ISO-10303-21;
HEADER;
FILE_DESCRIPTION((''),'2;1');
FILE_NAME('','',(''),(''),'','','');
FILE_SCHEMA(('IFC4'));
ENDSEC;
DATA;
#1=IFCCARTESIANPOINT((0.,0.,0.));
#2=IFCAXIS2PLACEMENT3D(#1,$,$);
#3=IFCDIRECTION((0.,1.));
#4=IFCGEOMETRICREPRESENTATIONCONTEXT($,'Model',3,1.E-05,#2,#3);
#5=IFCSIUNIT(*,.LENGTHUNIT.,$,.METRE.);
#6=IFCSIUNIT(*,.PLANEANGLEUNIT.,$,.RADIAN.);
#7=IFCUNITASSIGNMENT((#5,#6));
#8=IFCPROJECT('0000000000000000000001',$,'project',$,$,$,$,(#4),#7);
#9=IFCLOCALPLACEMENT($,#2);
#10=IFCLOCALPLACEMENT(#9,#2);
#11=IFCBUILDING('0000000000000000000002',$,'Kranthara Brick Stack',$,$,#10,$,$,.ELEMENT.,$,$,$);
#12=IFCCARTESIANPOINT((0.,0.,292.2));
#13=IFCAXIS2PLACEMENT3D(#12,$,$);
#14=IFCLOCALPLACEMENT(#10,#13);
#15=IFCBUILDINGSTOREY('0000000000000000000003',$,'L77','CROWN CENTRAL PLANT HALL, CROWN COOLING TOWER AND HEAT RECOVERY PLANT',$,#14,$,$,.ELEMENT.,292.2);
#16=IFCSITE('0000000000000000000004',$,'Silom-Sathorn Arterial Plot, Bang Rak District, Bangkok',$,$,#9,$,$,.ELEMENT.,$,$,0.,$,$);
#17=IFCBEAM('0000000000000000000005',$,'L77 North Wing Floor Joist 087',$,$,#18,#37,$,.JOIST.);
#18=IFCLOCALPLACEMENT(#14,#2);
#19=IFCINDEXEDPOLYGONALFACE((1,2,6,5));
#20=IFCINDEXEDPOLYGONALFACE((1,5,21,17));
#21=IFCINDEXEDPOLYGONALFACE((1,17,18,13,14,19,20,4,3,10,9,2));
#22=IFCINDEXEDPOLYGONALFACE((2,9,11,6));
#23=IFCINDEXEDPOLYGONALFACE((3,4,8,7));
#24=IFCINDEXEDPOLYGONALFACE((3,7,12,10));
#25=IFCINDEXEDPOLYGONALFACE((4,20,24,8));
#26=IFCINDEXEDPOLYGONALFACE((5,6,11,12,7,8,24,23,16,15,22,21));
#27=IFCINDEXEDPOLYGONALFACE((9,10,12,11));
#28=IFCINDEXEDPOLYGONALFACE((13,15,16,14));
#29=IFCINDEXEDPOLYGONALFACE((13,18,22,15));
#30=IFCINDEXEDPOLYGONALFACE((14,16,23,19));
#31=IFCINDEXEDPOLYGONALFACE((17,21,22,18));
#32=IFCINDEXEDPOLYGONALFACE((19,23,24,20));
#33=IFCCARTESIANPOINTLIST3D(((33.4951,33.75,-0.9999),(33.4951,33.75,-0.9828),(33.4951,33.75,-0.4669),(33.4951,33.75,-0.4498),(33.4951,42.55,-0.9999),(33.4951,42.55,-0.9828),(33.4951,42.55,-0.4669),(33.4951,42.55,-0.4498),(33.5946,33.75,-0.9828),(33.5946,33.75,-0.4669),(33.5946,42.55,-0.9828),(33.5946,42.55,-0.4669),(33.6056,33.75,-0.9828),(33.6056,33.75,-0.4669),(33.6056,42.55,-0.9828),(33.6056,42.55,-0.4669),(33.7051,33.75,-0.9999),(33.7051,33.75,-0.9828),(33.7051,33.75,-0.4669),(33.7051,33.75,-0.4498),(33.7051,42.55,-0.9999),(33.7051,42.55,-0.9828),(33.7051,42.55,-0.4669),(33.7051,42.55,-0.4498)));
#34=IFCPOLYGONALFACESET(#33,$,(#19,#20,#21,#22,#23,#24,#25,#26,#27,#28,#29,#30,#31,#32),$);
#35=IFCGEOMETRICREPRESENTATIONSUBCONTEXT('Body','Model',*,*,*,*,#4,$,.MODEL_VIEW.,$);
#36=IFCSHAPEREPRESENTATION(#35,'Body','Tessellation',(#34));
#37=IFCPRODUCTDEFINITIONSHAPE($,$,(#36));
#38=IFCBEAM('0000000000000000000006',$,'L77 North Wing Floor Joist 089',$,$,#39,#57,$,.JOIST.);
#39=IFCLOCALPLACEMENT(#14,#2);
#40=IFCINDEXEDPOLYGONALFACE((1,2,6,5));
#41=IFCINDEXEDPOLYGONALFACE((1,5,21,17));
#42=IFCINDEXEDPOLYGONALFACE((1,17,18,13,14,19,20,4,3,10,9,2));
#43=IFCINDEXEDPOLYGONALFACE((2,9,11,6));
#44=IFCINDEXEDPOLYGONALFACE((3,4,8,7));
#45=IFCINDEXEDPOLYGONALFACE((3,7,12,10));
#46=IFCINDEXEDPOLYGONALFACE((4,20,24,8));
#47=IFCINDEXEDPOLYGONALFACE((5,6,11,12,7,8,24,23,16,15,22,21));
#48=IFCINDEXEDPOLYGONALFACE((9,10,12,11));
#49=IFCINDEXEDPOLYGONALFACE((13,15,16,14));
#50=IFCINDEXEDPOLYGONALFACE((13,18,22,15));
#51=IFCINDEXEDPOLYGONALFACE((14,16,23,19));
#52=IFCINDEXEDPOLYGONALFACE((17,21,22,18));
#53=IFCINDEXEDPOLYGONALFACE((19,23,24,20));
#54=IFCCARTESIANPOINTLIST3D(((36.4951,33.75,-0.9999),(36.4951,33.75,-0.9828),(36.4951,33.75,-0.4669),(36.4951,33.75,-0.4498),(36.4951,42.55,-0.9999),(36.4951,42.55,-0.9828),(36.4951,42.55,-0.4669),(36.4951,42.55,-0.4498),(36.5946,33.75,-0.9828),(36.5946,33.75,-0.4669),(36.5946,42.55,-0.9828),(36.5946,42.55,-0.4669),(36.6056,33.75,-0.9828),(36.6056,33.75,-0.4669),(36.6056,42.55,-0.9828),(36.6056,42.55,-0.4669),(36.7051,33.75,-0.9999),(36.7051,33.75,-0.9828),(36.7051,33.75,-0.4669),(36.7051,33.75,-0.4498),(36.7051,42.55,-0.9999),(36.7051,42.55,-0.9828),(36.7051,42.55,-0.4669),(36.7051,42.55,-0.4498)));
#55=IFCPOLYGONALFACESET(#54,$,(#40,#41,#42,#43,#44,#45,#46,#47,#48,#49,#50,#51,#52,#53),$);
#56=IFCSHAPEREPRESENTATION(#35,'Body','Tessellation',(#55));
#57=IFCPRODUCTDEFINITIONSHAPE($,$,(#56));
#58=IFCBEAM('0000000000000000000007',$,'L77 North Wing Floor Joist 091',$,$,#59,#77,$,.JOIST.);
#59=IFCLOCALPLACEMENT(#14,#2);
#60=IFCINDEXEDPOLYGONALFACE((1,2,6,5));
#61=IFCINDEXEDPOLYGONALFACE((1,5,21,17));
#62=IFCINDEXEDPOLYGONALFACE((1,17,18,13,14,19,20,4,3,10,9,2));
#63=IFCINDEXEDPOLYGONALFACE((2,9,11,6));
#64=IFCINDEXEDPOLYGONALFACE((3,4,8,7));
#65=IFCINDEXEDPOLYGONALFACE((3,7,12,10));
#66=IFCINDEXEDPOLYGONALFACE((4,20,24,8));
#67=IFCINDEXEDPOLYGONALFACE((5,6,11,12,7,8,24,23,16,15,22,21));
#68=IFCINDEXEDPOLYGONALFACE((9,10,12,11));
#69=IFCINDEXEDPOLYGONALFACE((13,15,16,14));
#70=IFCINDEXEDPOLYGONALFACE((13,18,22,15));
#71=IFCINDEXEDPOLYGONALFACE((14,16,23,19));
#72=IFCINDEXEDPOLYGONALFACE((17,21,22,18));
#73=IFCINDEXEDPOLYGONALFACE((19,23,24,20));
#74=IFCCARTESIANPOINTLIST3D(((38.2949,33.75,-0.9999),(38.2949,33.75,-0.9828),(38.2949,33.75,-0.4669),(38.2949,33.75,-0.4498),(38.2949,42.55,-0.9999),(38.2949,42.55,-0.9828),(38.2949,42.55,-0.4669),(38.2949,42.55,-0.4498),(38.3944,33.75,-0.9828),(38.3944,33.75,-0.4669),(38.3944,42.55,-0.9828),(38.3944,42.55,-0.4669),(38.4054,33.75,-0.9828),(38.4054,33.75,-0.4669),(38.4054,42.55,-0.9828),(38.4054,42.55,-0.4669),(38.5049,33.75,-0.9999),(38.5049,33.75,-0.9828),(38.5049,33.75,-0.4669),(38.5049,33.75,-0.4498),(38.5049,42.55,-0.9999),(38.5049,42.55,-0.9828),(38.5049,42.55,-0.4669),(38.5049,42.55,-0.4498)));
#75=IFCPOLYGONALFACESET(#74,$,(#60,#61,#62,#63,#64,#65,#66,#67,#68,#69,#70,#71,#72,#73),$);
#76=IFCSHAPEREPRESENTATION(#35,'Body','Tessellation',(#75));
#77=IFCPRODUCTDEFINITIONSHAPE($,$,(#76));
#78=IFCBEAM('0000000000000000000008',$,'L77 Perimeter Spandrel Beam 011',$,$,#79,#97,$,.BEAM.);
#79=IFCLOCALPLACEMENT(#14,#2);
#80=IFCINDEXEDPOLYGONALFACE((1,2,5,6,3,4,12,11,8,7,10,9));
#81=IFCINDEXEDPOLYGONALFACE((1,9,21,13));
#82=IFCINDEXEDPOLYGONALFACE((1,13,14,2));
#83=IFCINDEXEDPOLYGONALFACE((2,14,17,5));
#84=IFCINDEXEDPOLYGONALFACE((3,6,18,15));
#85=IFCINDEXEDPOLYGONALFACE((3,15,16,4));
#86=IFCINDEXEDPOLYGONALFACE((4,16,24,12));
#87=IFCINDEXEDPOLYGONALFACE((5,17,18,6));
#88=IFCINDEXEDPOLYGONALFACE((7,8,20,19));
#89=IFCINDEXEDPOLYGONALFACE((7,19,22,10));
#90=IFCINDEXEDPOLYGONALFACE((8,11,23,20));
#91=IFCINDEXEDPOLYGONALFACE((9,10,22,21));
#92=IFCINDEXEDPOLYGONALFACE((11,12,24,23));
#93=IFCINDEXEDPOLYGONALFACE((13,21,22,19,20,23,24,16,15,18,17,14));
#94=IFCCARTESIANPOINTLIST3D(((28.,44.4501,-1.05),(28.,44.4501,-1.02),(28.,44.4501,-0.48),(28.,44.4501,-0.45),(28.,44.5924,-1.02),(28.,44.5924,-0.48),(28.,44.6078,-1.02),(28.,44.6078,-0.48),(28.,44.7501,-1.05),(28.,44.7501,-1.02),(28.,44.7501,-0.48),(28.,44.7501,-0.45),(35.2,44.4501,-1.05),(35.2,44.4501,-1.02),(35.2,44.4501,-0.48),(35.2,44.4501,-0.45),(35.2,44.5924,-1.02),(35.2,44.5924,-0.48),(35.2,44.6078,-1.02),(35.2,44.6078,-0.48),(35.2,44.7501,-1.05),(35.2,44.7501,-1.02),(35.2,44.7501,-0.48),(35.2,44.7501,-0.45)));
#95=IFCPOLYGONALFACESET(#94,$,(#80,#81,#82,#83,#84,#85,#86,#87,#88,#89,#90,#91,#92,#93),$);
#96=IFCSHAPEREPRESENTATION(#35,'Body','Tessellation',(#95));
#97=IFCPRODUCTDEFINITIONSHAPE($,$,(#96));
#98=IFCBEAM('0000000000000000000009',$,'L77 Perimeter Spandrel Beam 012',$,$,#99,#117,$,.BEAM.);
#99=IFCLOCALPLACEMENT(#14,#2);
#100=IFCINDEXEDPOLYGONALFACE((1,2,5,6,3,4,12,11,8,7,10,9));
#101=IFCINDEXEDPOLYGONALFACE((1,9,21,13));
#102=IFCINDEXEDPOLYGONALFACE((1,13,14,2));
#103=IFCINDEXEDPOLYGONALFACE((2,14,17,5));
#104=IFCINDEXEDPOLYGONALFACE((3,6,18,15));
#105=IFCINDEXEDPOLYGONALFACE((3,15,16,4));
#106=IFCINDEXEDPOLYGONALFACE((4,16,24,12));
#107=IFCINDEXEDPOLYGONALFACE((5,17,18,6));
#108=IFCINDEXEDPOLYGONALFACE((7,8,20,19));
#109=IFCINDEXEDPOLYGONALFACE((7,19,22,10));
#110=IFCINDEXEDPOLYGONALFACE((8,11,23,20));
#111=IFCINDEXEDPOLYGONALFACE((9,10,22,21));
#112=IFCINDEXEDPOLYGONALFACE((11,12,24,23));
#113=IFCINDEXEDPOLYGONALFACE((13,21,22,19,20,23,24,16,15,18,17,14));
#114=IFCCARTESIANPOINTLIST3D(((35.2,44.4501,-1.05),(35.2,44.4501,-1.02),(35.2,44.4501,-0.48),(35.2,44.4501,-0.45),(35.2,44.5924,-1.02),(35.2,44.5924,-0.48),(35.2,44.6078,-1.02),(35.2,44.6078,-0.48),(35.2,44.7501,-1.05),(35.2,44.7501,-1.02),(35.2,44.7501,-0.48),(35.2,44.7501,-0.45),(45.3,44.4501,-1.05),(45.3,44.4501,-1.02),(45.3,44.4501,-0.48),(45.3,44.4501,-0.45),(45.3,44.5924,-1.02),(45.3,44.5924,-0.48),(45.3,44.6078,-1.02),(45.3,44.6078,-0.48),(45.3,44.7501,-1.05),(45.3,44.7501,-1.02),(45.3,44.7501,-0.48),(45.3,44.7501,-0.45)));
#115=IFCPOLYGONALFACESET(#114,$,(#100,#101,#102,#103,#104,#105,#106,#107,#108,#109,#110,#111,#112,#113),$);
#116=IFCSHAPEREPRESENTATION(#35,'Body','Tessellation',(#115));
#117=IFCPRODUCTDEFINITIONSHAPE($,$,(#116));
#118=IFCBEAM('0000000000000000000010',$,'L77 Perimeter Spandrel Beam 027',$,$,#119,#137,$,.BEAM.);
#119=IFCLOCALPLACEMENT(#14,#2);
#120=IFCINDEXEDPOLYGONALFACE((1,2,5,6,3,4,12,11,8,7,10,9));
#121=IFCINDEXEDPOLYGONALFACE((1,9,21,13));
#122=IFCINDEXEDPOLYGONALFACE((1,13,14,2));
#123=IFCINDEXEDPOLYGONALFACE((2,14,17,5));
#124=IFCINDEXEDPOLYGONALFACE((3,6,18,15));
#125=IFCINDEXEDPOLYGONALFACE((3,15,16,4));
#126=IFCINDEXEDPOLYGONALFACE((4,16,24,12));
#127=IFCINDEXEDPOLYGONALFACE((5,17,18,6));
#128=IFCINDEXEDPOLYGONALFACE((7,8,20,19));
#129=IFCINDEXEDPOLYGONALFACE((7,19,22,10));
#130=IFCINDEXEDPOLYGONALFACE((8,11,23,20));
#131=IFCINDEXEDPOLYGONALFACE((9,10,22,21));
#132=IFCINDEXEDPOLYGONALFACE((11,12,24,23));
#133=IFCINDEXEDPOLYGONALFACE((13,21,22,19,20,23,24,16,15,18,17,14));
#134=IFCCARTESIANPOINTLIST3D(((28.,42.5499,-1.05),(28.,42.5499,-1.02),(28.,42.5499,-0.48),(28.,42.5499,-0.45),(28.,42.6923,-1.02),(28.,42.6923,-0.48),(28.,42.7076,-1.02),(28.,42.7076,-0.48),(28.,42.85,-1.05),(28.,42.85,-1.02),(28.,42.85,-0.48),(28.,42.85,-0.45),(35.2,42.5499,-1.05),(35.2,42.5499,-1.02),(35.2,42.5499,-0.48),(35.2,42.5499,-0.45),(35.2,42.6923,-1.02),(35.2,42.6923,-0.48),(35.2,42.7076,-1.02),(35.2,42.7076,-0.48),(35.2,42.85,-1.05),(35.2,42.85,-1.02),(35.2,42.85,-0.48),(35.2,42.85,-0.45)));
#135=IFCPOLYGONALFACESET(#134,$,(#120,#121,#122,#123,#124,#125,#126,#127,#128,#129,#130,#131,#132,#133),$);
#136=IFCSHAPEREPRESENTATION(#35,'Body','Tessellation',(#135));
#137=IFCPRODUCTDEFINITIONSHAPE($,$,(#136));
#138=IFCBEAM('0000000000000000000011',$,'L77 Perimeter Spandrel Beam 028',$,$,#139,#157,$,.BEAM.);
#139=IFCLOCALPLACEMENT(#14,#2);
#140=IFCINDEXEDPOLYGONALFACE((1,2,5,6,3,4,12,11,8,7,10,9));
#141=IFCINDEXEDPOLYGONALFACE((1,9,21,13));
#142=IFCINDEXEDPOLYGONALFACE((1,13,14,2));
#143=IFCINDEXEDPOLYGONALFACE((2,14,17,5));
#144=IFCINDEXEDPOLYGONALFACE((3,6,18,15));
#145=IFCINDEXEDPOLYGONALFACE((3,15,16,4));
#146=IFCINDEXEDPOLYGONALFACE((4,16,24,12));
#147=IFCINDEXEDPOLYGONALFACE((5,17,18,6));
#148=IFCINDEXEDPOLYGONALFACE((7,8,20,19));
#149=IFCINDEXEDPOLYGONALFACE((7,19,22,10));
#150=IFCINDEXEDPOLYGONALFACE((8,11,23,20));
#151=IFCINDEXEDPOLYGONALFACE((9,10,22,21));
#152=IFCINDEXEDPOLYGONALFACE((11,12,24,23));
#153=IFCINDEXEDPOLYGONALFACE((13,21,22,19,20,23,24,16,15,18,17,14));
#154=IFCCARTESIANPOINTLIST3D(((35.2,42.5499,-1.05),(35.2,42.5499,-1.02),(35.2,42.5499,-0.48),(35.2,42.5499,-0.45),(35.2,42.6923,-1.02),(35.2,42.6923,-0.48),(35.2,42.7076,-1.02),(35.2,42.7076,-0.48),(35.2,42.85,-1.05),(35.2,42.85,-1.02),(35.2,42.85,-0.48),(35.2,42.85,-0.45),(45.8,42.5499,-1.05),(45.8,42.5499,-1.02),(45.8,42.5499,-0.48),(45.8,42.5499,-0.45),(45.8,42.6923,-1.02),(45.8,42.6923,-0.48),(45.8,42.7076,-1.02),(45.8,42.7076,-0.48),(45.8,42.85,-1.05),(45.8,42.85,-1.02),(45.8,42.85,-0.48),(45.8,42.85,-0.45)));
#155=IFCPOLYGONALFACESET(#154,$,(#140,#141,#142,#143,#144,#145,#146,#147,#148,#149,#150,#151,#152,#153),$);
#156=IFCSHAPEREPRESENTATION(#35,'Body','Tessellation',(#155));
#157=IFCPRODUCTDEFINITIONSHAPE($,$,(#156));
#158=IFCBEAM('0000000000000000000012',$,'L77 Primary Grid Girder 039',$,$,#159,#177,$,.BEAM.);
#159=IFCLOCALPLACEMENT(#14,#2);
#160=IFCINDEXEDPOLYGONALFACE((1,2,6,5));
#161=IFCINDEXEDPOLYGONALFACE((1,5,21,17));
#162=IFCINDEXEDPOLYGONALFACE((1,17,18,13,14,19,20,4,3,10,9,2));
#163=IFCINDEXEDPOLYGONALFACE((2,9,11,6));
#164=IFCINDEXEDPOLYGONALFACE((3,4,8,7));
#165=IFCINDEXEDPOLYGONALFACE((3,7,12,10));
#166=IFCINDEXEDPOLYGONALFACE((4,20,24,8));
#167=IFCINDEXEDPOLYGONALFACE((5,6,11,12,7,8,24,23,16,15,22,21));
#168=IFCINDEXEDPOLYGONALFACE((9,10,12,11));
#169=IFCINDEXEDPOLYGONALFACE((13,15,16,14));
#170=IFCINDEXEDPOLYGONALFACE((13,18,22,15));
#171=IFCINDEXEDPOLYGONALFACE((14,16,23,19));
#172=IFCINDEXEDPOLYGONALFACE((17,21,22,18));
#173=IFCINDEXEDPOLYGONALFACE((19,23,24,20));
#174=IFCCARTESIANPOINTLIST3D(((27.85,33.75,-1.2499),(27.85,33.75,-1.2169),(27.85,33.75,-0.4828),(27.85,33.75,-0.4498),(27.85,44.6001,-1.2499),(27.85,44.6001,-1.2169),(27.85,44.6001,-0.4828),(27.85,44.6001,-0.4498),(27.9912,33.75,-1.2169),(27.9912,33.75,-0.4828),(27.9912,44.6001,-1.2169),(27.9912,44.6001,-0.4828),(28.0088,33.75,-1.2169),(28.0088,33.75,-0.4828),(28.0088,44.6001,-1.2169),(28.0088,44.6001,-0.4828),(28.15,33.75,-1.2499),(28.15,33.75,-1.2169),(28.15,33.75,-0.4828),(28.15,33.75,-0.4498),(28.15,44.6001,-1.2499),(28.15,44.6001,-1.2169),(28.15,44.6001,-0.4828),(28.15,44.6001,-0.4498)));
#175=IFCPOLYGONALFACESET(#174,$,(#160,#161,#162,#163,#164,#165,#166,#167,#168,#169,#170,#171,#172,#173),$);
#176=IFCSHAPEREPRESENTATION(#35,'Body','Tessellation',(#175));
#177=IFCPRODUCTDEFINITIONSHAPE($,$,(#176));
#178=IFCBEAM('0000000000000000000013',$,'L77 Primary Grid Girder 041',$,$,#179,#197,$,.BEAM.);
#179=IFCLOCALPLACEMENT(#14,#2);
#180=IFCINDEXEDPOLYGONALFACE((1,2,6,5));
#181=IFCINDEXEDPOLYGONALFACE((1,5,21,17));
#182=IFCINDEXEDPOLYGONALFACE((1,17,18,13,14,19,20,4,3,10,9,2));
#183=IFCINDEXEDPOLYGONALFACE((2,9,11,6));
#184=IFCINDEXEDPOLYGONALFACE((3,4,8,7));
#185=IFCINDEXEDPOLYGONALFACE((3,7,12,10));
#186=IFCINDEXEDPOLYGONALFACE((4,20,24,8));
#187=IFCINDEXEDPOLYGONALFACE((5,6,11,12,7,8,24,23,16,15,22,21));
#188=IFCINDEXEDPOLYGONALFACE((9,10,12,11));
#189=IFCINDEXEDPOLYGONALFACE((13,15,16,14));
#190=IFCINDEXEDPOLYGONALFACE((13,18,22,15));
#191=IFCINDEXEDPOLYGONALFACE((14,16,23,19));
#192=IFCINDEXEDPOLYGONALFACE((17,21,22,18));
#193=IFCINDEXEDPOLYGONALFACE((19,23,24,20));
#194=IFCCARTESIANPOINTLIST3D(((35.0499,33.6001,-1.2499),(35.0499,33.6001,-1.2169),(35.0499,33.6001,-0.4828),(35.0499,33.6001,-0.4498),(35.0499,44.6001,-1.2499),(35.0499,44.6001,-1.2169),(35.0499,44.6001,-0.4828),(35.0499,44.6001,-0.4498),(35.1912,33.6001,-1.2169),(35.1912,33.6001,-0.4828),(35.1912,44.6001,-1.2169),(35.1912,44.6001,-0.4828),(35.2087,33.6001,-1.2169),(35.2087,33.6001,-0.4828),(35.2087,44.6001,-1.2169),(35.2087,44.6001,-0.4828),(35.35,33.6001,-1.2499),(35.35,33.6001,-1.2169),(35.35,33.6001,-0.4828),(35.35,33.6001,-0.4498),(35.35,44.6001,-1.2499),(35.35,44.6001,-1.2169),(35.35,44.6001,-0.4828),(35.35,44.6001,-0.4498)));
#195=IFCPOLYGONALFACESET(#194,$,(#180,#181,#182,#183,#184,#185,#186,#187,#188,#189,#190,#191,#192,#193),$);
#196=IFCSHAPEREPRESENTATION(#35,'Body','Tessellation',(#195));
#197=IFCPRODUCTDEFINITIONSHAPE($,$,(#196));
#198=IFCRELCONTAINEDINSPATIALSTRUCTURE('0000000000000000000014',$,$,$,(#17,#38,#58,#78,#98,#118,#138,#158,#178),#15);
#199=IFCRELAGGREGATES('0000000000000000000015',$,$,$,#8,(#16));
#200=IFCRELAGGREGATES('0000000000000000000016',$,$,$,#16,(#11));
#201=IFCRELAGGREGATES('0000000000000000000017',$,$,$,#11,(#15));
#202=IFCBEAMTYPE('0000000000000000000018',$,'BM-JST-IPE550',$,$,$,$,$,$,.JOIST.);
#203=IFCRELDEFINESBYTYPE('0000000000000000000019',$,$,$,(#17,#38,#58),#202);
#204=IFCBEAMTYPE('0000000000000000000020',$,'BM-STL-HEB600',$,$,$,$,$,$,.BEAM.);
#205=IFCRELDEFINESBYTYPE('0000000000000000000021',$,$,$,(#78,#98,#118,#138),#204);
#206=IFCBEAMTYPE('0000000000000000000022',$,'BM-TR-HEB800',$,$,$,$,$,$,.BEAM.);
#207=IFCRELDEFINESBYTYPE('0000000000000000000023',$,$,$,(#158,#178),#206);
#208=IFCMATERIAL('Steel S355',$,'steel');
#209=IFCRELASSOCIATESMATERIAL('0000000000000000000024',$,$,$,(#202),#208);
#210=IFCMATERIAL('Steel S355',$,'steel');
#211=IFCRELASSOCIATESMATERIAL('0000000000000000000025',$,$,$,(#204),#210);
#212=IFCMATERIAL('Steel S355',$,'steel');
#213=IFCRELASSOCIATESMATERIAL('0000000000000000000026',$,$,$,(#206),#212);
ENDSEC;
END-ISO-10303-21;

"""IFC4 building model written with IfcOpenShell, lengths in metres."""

from ifc_helpers import new_model, si_unit, direction, frame, origin, origin_2d, place, context, subcontext, project, spatial, i_section, extrude, material, material_profile, profile_set, type_object, element, save


model = new_model("IFC4")

# Units and contexts
model_context = context("Model", 3, precision=1e-05, world=origin(), true_north=direction((0.0, 1.0)))
body_context = subcontext(model_context, "Body", "Model", "MODEL_VIEW")
ifc_project = project(units=[si_unit("LENGTHUNIT", "METRE"), si_unit("PLANEANGLEUNIT", "RADIAN")], contexts=[model_context])

# Site, building, storey
site_placement = place(None, origin())
site = spatial("IfcSite", under=ifc_project, at=site_placement, Name="Silom-Sathorn Arterial Plot, Bang Rak District, Bangkok", CompositionType="ELEMENT", RefElevation=0.0)
building_placement = place(site_placement, origin())
building = spatial("IfcBuilding", under=site, at=building_placement, Name="Kranthara Brick Stack", CompositionType="ELEMENT")
storey_placement = place(building_placement, frame((0.0, 0.0, 292.2)))
storey = spatial("IfcBuildingStorey", under=building, at=storey_placement, Name="L77", Description="CROWN CENTRAL PLANT HALL, CROWN COOLING TOWER AND HEAT RECOVERY PLANT", CompositionType="ELEMENT", Elevation=292.2)

# Beams
ifc_material_1 = material(Name="Steel S355", Category="steel")
ifc_material_profile_1 = material_profile(ifc_material_1, i_section(OverallWidth=0.21, OverallDepth=0.55, WebThickness=0.011, FlangeThickness=0.0171, at=origin_2d()), Name="IPE 550")
ifc_profile_set_1 = profile_set([ifc_material_profile_1], Name="Steel S355")
beam_type_1 = type_object("IfcBeamType", Name="BM-JST-IPE550", PredefinedType="JOIST", material=ifc_profile_set_1)
for number, where, z_axis, x_axis, name in (
    (1, (33.6001, 33.75, -0.7249), (0.0, 1.0, 0.0), (-1.0, 0.0, 0.0), "L77 North Wing Floor Joist 087"),
    (2, (36.6001, 33.75, -0.7249), (0.0, 1.0, 0.0), (-1.0, 0.0, 0.0), "L77 North Wing Floor Joist 089"),
    (3, (38.3999, 33.75, -0.7249), (0.0, 1.0, 0.0), (-1.0, 0.0, 0.0), "L77 North Wing Floor Joist 091"),
):
    element("IfcBeam", number, at=place(storey_placement, frame(where, z_axis=z_axis, x_axis=x_axis)), inside=storey, type_object=beam_type_1, Name=name, PredefinedType="JOIST", context=body_context, shape_type="SweptSolid", body=[
        extrude(i_section(OverallWidth=0.21, OverallDepth=0.55, WebThickness=0.011, FlangeThickness=0.0171, at=origin_2d()), origin(), (0.0, 0.0, 1.0), 8.8),
    ])
ifc_material_2 = material(Name="Steel S355", Category="steel")
ifc_material_profile_2 = material_profile(ifc_material_2, i_section(OverallWidth=0.3, OverallDepth=0.6001, WebThickness=0.0154, FlangeThickness=0.03, at=origin_2d()), Name="HEB 600")
ifc_profile_set_2 = profile_set([ifc_material_profile_2], Name="Steel S355")
beam_type_2 = type_object("IfcBeamType", Name="BM-STL-HEB600", PredefinedType="BEAM", material=ifc_profile_set_2)
beam_1_placement = place(storey_placement, frame((28.0, 44.6001, -0.75), z_axis=(1.0, 0.0, 0.0), x_axis=(0.0, 1.0, 0.0)))
element("IfcBeam", 4, at=beam_1_placement, inside=storey, type_object=beam_type_2, Name="L77 Perimeter Spandrel Beam 011", PredefinedType="BEAM", context=body_context, shape_type="SweptSolid", body=[
    extrude(i_section(OverallWidth=0.3, OverallDepth=0.6001, WebThickness=0.0154, FlangeThickness=0.03, at=origin_2d()), origin(), (0.0, 0.0, 1.0), 7.2),
])
beam_2_placement = place(storey_placement, frame((35.2, 44.6001, -0.75), z_axis=(1.0, 0.0, 0.0), x_axis=(0.0, 1.0, 0.0)))
element("IfcBeam", 5, at=beam_2_placement, inside=storey, type_object=beam_type_2, Name="L77 Perimeter Spandrel Beam 012", PredefinedType="BEAM", context=body_context, shape_type="SweptSolid", body=[
    extrude(i_section(OverallWidth=0.3, OverallDepth=0.6001, WebThickness=0.0154, FlangeThickness=0.03, at=origin_2d()), origin(), (0.0, 0.0, 1.0), 10.1001),
])
beam_3_placement = place(storey_placement, frame((28.0, 42.7, -0.75), z_axis=(1.0, 0.0, 0.0), x_axis=(0.0, 1.0, 0.0)))
element("IfcBeam", 6, at=beam_3_placement, inside=storey, type_object=beam_type_2, Name="L77 Perimeter Spandrel Beam 027", PredefinedType="BEAM", context=body_context, shape_type="SweptSolid", body=[
    extrude(i_section(OverallWidth=0.3, OverallDepth=0.6001, WebThickness=0.0154, FlangeThickness=0.03, at=origin_2d()), origin(), (0.0, 0.0, 1.0), 7.2),
])
beam_4_placement = place(storey_placement, frame((35.2, 42.7, -0.75), z_axis=(1.0, 0.0, 0.0), x_axis=(0.0, 1.0, 0.0)))
element("IfcBeam", 7, at=beam_4_placement, inside=storey, type_object=beam_type_2, Name="L77 Perimeter Spandrel Beam 028", PredefinedType="BEAM", context=body_context, shape_type="SweptSolid", body=[
    extrude(i_section(OverallWidth=0.3, OverallDepth=0.6001, WebThickness=0.0154, FlangeThickness=0.03, at=origin_2d()), origin(), (0.0, 0.0, 1.0), 10.6001),
])
ifc_material_3 = material(Name="Steel S355", Category="steel")
ifc_material_profile_3 = material_profile(ifc_material_3, i_section(OverallWidth=0.3, OverallDepth=0.8, WebThickness=0.0176, FlangeThickness=0.033, at=origin_2d()), Name="HEB 800")
ifc_profile_set_3 = profile_set([ifc_material_profile_3], Name="Steel S355")
beam_type_3 = type_object("IfcBeamType", Name="BM-TR-HEB800", PredefinedType="BEAM", material=ifc_profile_set_3)
beam_5_placement = place(storey_placement, frame((28.0, 33.75, -0.8499), z_axis=(0.0, 1.0, 0.0), x_axis=(-1.0, 0.0, 0.0)))
element("IfcBeam", 8, at=beam_5_placement, inside=storey, type_object=beam_type_3, Name="L77 Primary Grid Girder 039", PredefinedType="BEAM", context=body_context, shape_type="SweptSolid", body=[
    extrude(i_section(OverallWidth=0.3, OverallDepth=0.8, WebThickness=0.0176, FlangeThickness=0.033, at=origin_2d()), origin(), (0.0, 0.0, 1.0), 10.8501),
])
beam_6_placement = place(storey_placement, frame((35.2, 33.6001, -0.8499), z_axis=(0.0, 1.0, 0.0), x_axis=(-1.0, 0.0, 0.0)))
element("IfcBeam", 9, at=beam_6_placement, inside=storey, type_object=beam_type_3, Name="L77 Primary Grid Girder 041", PredefinedType="BEAM", context=body_context, shape_type="SweptSolid", body=[
    extrude(i_section(OverallWidth=0.3, OverallDepth=0.8, WebThickness=0.0176, FlangeThickness=0.033, at=origin_2d()), origin(), (0.0, 0.0, 1.0), 11.0),
])

save(model, "model.ifc")
